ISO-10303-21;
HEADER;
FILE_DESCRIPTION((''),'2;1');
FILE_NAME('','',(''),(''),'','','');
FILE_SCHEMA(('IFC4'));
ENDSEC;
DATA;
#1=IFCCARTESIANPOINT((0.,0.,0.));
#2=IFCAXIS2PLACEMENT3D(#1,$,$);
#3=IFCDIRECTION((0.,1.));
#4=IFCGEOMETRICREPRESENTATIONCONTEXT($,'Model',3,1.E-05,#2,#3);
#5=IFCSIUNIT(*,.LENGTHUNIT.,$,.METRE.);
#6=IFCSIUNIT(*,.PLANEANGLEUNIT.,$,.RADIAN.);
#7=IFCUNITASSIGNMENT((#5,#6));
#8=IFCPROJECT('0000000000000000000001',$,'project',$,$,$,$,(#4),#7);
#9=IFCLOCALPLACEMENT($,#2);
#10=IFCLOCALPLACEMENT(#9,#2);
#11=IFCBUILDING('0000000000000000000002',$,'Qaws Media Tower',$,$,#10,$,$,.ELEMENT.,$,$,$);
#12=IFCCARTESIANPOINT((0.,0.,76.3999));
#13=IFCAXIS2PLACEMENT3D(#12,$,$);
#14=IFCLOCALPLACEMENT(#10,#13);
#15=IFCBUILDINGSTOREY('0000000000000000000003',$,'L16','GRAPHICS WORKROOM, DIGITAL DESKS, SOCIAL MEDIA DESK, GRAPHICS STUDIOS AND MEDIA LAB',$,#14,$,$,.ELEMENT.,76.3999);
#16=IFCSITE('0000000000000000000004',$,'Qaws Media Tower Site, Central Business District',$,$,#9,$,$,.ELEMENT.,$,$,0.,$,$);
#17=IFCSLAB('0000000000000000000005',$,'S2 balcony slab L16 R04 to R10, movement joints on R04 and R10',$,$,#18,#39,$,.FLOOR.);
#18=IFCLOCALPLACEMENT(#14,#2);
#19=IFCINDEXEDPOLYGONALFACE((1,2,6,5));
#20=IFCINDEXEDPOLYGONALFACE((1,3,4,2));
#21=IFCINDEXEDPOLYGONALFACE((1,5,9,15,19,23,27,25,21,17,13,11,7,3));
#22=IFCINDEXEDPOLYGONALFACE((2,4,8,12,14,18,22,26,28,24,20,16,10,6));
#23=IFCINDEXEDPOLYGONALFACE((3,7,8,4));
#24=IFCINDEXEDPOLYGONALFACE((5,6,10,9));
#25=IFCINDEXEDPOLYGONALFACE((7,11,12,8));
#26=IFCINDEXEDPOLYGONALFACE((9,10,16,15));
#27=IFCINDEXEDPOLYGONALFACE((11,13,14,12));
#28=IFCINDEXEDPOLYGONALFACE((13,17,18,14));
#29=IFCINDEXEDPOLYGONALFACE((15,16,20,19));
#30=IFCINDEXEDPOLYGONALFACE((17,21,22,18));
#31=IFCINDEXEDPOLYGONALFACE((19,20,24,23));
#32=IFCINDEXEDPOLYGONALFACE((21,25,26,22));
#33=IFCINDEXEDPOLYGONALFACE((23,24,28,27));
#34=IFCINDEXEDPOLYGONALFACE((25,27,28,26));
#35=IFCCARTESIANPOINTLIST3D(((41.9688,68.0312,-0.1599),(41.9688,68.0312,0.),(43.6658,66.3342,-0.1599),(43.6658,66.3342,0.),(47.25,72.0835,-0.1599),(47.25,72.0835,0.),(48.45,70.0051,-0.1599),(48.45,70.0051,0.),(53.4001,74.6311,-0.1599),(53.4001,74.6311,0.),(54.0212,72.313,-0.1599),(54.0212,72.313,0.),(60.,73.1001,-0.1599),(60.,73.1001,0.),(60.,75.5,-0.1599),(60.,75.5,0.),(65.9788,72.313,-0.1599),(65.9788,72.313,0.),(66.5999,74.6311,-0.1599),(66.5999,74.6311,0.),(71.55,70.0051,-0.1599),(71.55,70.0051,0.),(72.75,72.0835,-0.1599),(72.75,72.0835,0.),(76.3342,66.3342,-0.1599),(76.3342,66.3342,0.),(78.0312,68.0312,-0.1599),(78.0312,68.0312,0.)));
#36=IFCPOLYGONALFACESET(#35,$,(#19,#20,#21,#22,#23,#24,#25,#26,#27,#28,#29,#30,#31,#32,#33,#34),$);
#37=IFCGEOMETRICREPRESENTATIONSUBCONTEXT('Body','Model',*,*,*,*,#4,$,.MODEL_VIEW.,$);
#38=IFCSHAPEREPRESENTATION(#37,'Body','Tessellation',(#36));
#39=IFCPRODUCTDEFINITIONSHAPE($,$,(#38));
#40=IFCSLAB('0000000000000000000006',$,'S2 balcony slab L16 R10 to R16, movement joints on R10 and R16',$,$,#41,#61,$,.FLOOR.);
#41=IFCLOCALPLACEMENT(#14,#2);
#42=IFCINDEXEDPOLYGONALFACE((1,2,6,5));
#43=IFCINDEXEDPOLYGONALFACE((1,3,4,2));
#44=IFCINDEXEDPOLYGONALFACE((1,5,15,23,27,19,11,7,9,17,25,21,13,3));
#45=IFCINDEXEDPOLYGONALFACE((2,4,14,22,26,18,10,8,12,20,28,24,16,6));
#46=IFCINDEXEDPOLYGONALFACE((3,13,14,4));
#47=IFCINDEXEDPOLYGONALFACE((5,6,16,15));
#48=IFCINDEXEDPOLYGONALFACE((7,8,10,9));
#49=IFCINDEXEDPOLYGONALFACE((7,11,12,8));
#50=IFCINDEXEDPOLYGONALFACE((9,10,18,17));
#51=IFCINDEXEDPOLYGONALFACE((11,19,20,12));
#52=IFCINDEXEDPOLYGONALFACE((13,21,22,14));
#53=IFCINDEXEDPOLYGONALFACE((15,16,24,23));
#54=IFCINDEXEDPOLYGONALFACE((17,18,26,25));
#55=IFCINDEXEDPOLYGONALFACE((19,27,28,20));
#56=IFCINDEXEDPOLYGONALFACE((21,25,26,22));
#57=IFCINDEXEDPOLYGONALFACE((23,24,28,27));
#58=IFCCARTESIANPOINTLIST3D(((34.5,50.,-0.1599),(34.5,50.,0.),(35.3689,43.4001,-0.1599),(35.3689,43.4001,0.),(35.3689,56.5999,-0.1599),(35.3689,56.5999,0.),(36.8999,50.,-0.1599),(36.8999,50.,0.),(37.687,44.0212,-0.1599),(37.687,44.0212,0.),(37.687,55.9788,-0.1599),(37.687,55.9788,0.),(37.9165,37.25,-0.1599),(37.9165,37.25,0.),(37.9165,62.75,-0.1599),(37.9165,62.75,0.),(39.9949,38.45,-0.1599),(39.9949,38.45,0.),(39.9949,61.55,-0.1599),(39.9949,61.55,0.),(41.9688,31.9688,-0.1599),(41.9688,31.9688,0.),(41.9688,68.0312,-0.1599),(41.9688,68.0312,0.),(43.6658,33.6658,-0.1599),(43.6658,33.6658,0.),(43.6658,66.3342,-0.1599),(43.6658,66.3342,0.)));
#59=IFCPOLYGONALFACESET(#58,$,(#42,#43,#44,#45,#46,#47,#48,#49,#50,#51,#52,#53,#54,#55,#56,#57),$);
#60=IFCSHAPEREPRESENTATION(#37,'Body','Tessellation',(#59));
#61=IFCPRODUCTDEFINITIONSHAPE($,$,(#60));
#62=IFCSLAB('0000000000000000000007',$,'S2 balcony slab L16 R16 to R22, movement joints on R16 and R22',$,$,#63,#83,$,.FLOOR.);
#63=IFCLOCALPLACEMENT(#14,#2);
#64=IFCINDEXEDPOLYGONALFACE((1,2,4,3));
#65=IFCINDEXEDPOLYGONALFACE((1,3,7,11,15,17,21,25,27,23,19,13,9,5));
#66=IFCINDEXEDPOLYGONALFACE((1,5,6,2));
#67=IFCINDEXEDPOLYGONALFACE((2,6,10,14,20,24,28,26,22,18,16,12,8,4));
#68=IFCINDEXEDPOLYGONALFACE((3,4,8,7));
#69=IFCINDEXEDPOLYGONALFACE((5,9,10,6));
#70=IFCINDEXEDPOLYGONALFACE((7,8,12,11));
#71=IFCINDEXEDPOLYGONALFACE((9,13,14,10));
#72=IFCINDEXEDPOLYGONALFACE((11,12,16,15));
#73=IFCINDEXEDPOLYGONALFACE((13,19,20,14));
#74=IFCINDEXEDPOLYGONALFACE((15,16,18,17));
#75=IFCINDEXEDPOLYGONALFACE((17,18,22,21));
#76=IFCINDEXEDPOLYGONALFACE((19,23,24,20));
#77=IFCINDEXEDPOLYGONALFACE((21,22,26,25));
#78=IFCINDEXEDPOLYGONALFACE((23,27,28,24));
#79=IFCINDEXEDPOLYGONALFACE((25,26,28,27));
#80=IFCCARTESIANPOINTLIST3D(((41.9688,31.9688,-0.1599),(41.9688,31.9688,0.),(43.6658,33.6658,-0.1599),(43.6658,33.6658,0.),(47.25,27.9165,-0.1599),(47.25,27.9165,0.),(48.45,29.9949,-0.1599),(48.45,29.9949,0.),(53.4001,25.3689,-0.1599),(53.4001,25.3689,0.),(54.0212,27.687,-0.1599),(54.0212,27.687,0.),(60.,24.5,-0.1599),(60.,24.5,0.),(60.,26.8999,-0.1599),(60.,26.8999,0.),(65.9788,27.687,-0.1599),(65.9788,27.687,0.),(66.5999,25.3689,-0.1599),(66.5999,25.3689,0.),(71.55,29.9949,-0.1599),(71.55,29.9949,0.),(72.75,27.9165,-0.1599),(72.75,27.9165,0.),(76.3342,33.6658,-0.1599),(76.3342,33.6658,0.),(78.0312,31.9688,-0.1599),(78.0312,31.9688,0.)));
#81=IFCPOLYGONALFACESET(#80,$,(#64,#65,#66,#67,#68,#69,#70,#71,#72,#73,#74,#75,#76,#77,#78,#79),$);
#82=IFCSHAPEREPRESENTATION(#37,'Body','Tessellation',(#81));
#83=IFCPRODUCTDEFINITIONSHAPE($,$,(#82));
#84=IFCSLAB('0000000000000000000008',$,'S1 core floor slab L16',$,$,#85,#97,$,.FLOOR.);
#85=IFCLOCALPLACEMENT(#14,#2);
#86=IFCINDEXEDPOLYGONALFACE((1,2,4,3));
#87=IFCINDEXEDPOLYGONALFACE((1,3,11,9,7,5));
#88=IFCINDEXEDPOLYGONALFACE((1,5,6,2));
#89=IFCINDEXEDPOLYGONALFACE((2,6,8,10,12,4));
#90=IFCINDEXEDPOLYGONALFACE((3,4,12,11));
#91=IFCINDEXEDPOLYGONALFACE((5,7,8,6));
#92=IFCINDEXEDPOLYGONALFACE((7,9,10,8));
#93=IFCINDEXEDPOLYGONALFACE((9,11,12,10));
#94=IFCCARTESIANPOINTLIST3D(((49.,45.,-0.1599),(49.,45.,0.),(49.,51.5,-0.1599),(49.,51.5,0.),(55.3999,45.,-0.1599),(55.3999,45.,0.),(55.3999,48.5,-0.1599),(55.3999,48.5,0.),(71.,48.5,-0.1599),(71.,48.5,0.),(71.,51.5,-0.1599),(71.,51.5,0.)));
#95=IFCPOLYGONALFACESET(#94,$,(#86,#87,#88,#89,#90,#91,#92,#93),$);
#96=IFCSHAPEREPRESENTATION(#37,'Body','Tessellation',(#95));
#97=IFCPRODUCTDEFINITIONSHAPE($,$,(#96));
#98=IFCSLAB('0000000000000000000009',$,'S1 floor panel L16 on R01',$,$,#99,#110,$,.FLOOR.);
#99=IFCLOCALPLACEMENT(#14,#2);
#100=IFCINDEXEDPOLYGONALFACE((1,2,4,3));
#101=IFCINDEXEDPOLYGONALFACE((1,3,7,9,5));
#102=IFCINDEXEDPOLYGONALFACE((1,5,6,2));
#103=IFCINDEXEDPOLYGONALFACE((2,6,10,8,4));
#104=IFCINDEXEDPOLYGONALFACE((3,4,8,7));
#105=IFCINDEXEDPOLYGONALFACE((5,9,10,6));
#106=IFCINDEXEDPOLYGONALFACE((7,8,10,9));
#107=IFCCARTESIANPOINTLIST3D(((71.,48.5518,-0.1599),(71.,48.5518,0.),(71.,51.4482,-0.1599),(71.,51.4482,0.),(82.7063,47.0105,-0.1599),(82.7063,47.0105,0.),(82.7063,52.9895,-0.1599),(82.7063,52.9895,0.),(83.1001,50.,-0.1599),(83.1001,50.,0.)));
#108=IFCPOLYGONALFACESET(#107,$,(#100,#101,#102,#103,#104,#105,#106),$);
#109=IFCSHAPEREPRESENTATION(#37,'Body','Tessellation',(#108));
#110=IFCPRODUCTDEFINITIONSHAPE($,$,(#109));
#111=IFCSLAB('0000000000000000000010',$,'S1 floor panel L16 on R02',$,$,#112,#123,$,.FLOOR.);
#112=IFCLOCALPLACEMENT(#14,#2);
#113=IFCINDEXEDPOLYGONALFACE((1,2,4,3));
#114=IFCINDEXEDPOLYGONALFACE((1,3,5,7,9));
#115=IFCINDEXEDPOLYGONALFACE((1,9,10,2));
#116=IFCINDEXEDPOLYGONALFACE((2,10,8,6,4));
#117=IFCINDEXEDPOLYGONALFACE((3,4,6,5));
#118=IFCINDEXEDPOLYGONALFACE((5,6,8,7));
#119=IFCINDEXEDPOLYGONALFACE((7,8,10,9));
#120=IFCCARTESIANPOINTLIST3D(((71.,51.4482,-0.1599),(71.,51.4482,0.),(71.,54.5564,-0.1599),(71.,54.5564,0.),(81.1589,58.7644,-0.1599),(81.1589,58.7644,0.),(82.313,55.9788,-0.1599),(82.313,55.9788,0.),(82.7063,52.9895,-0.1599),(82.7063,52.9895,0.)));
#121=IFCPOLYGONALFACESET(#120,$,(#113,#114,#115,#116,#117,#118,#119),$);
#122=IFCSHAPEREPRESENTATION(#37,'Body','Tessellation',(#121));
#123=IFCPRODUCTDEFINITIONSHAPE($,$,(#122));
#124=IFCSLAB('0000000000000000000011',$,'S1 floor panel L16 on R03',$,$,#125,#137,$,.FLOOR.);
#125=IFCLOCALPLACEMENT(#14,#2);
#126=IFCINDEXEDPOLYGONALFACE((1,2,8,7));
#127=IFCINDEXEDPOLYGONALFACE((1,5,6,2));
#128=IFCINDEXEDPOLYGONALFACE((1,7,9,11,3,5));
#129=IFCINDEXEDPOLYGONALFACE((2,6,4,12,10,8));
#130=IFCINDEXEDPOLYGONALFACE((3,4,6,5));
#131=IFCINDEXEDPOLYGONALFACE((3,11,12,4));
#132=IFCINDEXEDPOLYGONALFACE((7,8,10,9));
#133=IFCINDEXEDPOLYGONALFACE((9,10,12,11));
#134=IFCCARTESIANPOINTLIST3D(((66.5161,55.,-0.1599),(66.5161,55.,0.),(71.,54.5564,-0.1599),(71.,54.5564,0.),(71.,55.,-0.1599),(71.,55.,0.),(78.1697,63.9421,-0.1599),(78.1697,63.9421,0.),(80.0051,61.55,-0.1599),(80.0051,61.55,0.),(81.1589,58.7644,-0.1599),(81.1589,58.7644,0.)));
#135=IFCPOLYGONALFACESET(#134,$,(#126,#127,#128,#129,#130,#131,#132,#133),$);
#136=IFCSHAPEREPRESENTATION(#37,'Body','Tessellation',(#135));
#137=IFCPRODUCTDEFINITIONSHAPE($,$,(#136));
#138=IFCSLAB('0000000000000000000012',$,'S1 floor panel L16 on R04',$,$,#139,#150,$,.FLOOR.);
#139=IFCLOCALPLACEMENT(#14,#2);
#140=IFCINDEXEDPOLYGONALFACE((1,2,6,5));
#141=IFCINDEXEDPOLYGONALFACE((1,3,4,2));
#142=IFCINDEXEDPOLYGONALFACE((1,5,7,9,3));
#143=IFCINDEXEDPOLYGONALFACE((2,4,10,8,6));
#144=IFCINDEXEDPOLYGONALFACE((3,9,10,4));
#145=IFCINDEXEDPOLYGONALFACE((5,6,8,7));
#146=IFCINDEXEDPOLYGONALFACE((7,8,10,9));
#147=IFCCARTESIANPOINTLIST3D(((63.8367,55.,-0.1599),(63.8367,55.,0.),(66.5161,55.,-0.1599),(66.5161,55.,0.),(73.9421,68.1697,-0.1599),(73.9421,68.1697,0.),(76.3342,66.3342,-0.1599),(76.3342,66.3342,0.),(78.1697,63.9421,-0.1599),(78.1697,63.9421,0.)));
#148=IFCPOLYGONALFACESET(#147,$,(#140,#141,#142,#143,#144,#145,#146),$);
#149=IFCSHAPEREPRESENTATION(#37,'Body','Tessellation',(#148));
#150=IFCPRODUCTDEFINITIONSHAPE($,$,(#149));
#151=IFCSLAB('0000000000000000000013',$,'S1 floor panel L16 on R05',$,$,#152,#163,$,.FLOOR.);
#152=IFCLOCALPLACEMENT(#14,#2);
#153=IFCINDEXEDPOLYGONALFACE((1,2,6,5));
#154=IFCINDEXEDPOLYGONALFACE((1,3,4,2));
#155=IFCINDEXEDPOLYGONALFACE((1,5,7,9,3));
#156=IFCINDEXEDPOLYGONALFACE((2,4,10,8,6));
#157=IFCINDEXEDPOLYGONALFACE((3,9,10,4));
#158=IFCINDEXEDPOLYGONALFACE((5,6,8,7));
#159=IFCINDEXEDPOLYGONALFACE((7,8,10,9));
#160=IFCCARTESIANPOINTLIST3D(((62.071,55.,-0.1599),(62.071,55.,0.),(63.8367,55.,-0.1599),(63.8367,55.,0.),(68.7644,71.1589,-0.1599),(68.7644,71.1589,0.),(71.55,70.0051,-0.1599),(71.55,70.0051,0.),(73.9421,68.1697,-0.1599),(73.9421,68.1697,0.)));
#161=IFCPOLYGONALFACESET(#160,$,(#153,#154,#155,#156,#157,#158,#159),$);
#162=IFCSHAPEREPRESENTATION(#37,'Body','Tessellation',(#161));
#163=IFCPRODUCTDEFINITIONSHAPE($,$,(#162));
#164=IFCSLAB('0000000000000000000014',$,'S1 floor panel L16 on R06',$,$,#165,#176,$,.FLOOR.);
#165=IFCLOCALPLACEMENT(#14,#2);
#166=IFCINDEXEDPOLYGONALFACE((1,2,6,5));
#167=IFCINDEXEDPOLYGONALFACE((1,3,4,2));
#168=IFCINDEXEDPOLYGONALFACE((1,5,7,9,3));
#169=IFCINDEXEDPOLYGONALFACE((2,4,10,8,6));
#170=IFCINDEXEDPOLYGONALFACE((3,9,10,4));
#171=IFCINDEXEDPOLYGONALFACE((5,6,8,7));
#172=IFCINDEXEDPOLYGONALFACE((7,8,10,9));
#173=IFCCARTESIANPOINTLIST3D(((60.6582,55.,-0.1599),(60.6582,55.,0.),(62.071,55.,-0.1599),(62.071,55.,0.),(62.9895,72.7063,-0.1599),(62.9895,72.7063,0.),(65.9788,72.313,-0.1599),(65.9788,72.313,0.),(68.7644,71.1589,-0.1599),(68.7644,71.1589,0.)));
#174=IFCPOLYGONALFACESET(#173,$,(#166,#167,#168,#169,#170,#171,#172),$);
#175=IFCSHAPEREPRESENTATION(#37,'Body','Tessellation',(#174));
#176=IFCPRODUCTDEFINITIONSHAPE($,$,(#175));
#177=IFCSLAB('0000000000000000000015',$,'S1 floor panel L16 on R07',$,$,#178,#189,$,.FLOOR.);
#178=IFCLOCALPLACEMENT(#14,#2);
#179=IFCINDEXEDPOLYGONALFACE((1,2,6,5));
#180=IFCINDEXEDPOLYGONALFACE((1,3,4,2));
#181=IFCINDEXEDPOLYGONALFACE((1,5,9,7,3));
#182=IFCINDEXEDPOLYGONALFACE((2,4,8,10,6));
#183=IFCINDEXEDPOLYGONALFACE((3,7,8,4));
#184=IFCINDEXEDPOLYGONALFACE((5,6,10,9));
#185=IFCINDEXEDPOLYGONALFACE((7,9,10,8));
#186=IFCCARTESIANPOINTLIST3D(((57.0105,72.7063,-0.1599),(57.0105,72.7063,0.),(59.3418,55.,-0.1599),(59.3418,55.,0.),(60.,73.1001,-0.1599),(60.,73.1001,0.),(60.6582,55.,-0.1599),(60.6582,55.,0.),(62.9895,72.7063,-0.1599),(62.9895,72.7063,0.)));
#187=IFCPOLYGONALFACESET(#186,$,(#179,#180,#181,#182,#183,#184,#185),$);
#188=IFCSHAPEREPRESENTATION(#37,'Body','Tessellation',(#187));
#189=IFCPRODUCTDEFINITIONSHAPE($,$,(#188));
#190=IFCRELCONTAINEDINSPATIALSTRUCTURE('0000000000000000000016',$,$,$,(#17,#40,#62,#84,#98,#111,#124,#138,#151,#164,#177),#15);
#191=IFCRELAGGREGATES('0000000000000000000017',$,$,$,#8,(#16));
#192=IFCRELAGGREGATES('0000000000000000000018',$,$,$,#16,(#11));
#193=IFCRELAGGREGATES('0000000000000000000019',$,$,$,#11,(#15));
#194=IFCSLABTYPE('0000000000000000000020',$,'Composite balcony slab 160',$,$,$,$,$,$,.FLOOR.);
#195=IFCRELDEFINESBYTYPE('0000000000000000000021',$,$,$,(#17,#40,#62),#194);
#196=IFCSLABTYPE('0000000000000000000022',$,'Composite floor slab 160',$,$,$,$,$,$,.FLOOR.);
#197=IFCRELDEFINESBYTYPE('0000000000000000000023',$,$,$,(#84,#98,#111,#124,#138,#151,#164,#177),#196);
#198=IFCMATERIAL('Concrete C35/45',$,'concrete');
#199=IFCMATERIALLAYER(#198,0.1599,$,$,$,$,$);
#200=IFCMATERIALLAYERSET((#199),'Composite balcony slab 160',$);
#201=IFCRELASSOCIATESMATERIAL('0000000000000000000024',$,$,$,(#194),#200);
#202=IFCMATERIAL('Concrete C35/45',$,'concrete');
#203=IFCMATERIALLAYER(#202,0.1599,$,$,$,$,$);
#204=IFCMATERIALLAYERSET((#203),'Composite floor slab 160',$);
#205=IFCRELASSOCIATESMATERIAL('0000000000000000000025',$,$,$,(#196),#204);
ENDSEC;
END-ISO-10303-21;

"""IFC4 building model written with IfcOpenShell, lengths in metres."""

from ifc_helpers import new_model, si_unit, direction, frame, origin, place, context, subcontext, project, spatial, polyline, outline, extrude, material, layer, layer_set, type_object, element, save


model = new_model("IFC4")

# Units and contexts
model_context = context("Model", 3, precision=1e-05, world=origin(), true_north=direction((0.0, 1.0)))
body_context = subcontext(model_context, "Body", "Model", "MODEL_VIEW")
ifc_project = project(units=[si_unit("LENGTHUNIT", "METRE"), si_unit("PLANEANGLEUNIT", "RADIAN")], contexts=[model_context])

# Site, building, storey
site_placement = place(None, origin())
site = spatial("IfcSite", under=ifc_project, at=site_placement, Name="Qaws Media Tower Site, Central Business District", CompositionType="ELEMENT", RefElevation=0.0)
building_placement = place(site_placement, origin())
building = spatial("IfcBuilding", under=site, at=building_placement, Name="Qaws Media Tower", CompositionType="ELEMENT")
storey_placement = place(building_placement, frame((0.0, 0.0, 76.3999)))
storey = spatial("IfcBuildingStorey", under=building, at=storey_placement, Name="L16", Description="GRAPHICS WORKROOM, DIGITAL DESKS, SOCIAL MEDIA DESK, GRAPHICS STUDIOS AND MEDIA LAB", CompositionType="ELEMENT", Elevation=76.3999)

# Slabs
ifc_material_1 = material(Name="Concrete C35/45", Category="concrete")
ifc_layer_1 = layer(ifc_material_1, 0.1599)
ifc_layer_set_1 = layer_set([ifc_layer_1], Name="Composite balcony slab 160")
slab_type_1 = type_object("IfcSlabType", Name="Composite balcony slab 160", PredefinedType="FLOOR", material=ifc_layer_set_1)
slab_1_placement = place(storey_placement, frame((0.0, 0.0, -0.1599)))
element("IfcSlab", 1, at=slab_1_placement, inside=storey, type_object=slab_type_1, Name="S2 balcony slab L16 R04 to R10, movement joints on R04 and R10", PredefinedType="FLOOR", context=body_context, shape_type="SweptSolid", body=[
    extrude(outline(polyline([(47.25, 72.0835), (53.4001, 74.6311), (60.0, 75.5), (66.5999, 74.6311), (72.75, 72.0835), (78.0312, 68.0312), (76.3342, 66.3342), (71.55, 70.0051), (65.9788, 72.313), (60.0, 73.1001), (54.0212, 72.313), (48.45, 70.0051), (43.6658, 66.3342), (41.9688, 68.0312), (47.25, 72.0835)])), origin(), (0.0, 0.0, 1.0), 0.1599),
])
slab_2_placement = place(storey_placement, frame((0.0, 0.0, -0.1599)))
element("IfcSlab", 2, at=slab_2_placement, inside=storey, type_object=slab_type_1, Name="S2 balcony slab L16 R10 to R16, movement joints on R10 and R16", PredefinedType="FLOOR", context=body_context, shape_type="SweptSolid", body=[
    extrude(outline(polyline([(37.9165, 37.25), (35.3689, 43.4001), (34.5, 50.0), (35.3689, 56.5999), (37.9165, 62.75), (41.9688, 68.0312), (43.6658, 66.3342), (39.9949, 61.55), (37.687, 55.9788), (36.8999, 50.0), (37.687, 44.0212), (39.9949, 38.45), (43.6658, 33.6658), (41.9688, 31.9688), (37.9165, 37.25)])), origin(), (0.0, 0.0, 1.0), 0.1599),
])
slab_3_placement = place(storey_placement, frame((0.0, 0.0, -0.1599)))
element("IfcSlab", 3, at=slab_3_placement, inside=storey, type_object=slab_type_1, Name="S2 balcony slab L16 R16 to R22, movement joints on R16 and R22", PredefinedType="FLOOR", context=body_context, shape_type="SweptSolid", body=[
    extrude(outline(polyline([(72.75, 27.9165), (66.5999, 25.3689), (60.0, 24.5), (53.4001, 25.3689), (47.25, 27.9165), (41.9688, 31.9688), (43.6658, 33.6658), (48.45, 29.9949), (54.0212, 27.687), (60.0, 26.8999), (65.9788, 27.687), (71.55, 29.9949), (76.3342, 33.6658), (78.0312, 31.9688), (72.75, 27.9165)])), origin(), (0.0, 0.0, 1.0), 0.1599),
])
ifc_material_2 = material(Name="Concrete C35/45", Category="concrete")
ifc_layer_2 = layer(ifc_material_2, 0.1599)
ifc_layer_set_2 = layer_set([ifc_layer_2], Name="Composite floor slab 160")
slab_type_2 = type_object("IfcSlabType", Name="Composite floor slab 160", PredefinedType="FLOOR", material=ifc_layer_set_2)
slab_4_placement = place(storey_placement, frame((0.0, 0.0, -0.1599)))
element("IfcSlab", 4, at=slab_4_placement, inside=storey, type_object=slab_type_2, Name="S1 core floor slab L16", PredefinedType="FLOOR", context=body_context, shape_type="SweptSolid", body=[
    extrude(outline(polyline([(71.0, 51.5), (71.0, 48.5), (55.3999, 48.5), (55.3999, 45.0), (49.0, 45.0), (49.0, 51.5), (71.0, 51.5)])), origin(), (0.0, 0.0, 1.0), 0.1599),
])
slab_5_placement = place(storey_placement, frame((0.0, 0.0, -0.1599)))
element("IfcSlab", 5, at=slab_5_placement, inside=storey, type_object=slab_type_2, Name="S1 floor panel L16 on R01", PredefinedType="FLOOR", context=body_context, shape_type="SweptSolid", body=[
    extrude(outline(polyline([(83.1001, 50.0), (82.7063, 47.0105), (71.0, 48.5518), (71.0, 51.4482), (82.7063, 52.9895), (83.1001, 50.0)])), origin(), (0.0, 0.0, 1.0), 0.1599),
])
slab_6_placement = place(storey_placement, frame((0.0, 0.0, -0.1599)))
element("IfcSlab", 6, at=slab_6_placement, inside=storey, type_object=slab_type_2, Name="S1 floor panel L16 on R02", PredefinedType="FLOOR", context=body_context, shape_type="SweptSolid", body=[
    extrude(outline(polyline([(82.313, 55.9788), (82.7063, 52.9895), (71.0, 51.4482), (71.0, 54.5564), (81.1589, 58.7644), (82.313, 55.9788)])), origin(), (0.0, 0.0, 1.0), 0.1599),
])
slab_7_placement = place(storey_placement, frame((0.0, 0.0, -0.1599)))
element("IfcSlab", 7, at=slab_7_placement, inside=storey, type_object=slab_type_2, Name="S1 floor panel L16 on R03", PredefinedType="FLOOR", context=body_context, shape_type="SweptSolid", body=[
    extrude(outline(polyline([(80.0051, 61.55), (81.1589, 58.7644), (71.0, 54.5564), (71.0, 55.0), (66.5161, 55.0), (78.1697, 63.9421), (80.0051, 61.55)])), origin(), (0.0, 0.0, 1.0), 0.1599),
])
slab_8_placement = place(storey_placement, frame((0.0, 0.0, -0.1599)))
element("IfcSlab", 8, at=slab_8_placement, inside=storey, type_object=slab_type_2, Name="S1 floor panel L16 on R04", PredefinedType="FLOOR", context=body_context, shape_type="SweptSolid", body=[
    extrude(outline(polyline([(76.3342, 66.3342), (78.1697, 63.9421), (66.5161, 55.0), (63.8367, 55.0), (73.9421, 68.1697), (76.3342, 66.3342)])), origin(), (0.0, 0.0, 1.0), 0.1599),
])
slab_9_placement = place(storey_placement, frame((0.0, 0.0, -0.1599)))
element("IfcSlab", 9, at=slab_9_placement, inside=storey, type_object=slab_type_2, Name="S1 floor panel L16 on R05", PredefinedType="FLOOR", context=body_context, shape_type="SweptSolid", body=[
    extrude(outline(polyline([(71.55, 70.0051), (73.9421, 68.1697), (63.8367, 55.0), (62.071, 55.0), (68.7644, 71.1589), (71.55, 70.0051)])), origin(), (0.0, 0.0, 1.0), 0.1599),
])
slab_10_placement = place(storey_placement, frame((0.0, 0.0, -0.1599)))
element("IfcSlab", 10, at=slab_10_placement, inside=storey, type_object=slab_type_2, Name="S1 floor panel L16 on R06", PredefinedType="FLOOR", context=body_context, shape_type="SweptSolid", body=[
    extrude(outline(polyline([(65.9788, 72.313), (68.7644, 71.1589), (62.071, 55.0), (60.6582, 55.0), (62.9895, 72.7063), (65.9788, 72.313)])), origin(), (0.0, 0.0, 1.0), 0.1599),
])
slab_11_placement = place(storey_placement, frame((0.0, 0.0, -0.1599)))
element("IfcSlab", 11, at=slab_11_placement, inside=storey, type_object=slab_type_2, Name="S1 floor panel L16 on R07", PredefinedType="FLOOR", context=body_context, shape_type="SweptSolid", body=[
    extrude(outline(polyline([(60.0, 73.1001), (62.9895, 72.7063), (60.6582, 55.0), (59.3418, 55.0), (57.0105, 72.7063), (60.0, 73.1001)])), origin(), (0.0, 0.0, 1.0), 0.1599),
])

save(model, "model.ifc")
